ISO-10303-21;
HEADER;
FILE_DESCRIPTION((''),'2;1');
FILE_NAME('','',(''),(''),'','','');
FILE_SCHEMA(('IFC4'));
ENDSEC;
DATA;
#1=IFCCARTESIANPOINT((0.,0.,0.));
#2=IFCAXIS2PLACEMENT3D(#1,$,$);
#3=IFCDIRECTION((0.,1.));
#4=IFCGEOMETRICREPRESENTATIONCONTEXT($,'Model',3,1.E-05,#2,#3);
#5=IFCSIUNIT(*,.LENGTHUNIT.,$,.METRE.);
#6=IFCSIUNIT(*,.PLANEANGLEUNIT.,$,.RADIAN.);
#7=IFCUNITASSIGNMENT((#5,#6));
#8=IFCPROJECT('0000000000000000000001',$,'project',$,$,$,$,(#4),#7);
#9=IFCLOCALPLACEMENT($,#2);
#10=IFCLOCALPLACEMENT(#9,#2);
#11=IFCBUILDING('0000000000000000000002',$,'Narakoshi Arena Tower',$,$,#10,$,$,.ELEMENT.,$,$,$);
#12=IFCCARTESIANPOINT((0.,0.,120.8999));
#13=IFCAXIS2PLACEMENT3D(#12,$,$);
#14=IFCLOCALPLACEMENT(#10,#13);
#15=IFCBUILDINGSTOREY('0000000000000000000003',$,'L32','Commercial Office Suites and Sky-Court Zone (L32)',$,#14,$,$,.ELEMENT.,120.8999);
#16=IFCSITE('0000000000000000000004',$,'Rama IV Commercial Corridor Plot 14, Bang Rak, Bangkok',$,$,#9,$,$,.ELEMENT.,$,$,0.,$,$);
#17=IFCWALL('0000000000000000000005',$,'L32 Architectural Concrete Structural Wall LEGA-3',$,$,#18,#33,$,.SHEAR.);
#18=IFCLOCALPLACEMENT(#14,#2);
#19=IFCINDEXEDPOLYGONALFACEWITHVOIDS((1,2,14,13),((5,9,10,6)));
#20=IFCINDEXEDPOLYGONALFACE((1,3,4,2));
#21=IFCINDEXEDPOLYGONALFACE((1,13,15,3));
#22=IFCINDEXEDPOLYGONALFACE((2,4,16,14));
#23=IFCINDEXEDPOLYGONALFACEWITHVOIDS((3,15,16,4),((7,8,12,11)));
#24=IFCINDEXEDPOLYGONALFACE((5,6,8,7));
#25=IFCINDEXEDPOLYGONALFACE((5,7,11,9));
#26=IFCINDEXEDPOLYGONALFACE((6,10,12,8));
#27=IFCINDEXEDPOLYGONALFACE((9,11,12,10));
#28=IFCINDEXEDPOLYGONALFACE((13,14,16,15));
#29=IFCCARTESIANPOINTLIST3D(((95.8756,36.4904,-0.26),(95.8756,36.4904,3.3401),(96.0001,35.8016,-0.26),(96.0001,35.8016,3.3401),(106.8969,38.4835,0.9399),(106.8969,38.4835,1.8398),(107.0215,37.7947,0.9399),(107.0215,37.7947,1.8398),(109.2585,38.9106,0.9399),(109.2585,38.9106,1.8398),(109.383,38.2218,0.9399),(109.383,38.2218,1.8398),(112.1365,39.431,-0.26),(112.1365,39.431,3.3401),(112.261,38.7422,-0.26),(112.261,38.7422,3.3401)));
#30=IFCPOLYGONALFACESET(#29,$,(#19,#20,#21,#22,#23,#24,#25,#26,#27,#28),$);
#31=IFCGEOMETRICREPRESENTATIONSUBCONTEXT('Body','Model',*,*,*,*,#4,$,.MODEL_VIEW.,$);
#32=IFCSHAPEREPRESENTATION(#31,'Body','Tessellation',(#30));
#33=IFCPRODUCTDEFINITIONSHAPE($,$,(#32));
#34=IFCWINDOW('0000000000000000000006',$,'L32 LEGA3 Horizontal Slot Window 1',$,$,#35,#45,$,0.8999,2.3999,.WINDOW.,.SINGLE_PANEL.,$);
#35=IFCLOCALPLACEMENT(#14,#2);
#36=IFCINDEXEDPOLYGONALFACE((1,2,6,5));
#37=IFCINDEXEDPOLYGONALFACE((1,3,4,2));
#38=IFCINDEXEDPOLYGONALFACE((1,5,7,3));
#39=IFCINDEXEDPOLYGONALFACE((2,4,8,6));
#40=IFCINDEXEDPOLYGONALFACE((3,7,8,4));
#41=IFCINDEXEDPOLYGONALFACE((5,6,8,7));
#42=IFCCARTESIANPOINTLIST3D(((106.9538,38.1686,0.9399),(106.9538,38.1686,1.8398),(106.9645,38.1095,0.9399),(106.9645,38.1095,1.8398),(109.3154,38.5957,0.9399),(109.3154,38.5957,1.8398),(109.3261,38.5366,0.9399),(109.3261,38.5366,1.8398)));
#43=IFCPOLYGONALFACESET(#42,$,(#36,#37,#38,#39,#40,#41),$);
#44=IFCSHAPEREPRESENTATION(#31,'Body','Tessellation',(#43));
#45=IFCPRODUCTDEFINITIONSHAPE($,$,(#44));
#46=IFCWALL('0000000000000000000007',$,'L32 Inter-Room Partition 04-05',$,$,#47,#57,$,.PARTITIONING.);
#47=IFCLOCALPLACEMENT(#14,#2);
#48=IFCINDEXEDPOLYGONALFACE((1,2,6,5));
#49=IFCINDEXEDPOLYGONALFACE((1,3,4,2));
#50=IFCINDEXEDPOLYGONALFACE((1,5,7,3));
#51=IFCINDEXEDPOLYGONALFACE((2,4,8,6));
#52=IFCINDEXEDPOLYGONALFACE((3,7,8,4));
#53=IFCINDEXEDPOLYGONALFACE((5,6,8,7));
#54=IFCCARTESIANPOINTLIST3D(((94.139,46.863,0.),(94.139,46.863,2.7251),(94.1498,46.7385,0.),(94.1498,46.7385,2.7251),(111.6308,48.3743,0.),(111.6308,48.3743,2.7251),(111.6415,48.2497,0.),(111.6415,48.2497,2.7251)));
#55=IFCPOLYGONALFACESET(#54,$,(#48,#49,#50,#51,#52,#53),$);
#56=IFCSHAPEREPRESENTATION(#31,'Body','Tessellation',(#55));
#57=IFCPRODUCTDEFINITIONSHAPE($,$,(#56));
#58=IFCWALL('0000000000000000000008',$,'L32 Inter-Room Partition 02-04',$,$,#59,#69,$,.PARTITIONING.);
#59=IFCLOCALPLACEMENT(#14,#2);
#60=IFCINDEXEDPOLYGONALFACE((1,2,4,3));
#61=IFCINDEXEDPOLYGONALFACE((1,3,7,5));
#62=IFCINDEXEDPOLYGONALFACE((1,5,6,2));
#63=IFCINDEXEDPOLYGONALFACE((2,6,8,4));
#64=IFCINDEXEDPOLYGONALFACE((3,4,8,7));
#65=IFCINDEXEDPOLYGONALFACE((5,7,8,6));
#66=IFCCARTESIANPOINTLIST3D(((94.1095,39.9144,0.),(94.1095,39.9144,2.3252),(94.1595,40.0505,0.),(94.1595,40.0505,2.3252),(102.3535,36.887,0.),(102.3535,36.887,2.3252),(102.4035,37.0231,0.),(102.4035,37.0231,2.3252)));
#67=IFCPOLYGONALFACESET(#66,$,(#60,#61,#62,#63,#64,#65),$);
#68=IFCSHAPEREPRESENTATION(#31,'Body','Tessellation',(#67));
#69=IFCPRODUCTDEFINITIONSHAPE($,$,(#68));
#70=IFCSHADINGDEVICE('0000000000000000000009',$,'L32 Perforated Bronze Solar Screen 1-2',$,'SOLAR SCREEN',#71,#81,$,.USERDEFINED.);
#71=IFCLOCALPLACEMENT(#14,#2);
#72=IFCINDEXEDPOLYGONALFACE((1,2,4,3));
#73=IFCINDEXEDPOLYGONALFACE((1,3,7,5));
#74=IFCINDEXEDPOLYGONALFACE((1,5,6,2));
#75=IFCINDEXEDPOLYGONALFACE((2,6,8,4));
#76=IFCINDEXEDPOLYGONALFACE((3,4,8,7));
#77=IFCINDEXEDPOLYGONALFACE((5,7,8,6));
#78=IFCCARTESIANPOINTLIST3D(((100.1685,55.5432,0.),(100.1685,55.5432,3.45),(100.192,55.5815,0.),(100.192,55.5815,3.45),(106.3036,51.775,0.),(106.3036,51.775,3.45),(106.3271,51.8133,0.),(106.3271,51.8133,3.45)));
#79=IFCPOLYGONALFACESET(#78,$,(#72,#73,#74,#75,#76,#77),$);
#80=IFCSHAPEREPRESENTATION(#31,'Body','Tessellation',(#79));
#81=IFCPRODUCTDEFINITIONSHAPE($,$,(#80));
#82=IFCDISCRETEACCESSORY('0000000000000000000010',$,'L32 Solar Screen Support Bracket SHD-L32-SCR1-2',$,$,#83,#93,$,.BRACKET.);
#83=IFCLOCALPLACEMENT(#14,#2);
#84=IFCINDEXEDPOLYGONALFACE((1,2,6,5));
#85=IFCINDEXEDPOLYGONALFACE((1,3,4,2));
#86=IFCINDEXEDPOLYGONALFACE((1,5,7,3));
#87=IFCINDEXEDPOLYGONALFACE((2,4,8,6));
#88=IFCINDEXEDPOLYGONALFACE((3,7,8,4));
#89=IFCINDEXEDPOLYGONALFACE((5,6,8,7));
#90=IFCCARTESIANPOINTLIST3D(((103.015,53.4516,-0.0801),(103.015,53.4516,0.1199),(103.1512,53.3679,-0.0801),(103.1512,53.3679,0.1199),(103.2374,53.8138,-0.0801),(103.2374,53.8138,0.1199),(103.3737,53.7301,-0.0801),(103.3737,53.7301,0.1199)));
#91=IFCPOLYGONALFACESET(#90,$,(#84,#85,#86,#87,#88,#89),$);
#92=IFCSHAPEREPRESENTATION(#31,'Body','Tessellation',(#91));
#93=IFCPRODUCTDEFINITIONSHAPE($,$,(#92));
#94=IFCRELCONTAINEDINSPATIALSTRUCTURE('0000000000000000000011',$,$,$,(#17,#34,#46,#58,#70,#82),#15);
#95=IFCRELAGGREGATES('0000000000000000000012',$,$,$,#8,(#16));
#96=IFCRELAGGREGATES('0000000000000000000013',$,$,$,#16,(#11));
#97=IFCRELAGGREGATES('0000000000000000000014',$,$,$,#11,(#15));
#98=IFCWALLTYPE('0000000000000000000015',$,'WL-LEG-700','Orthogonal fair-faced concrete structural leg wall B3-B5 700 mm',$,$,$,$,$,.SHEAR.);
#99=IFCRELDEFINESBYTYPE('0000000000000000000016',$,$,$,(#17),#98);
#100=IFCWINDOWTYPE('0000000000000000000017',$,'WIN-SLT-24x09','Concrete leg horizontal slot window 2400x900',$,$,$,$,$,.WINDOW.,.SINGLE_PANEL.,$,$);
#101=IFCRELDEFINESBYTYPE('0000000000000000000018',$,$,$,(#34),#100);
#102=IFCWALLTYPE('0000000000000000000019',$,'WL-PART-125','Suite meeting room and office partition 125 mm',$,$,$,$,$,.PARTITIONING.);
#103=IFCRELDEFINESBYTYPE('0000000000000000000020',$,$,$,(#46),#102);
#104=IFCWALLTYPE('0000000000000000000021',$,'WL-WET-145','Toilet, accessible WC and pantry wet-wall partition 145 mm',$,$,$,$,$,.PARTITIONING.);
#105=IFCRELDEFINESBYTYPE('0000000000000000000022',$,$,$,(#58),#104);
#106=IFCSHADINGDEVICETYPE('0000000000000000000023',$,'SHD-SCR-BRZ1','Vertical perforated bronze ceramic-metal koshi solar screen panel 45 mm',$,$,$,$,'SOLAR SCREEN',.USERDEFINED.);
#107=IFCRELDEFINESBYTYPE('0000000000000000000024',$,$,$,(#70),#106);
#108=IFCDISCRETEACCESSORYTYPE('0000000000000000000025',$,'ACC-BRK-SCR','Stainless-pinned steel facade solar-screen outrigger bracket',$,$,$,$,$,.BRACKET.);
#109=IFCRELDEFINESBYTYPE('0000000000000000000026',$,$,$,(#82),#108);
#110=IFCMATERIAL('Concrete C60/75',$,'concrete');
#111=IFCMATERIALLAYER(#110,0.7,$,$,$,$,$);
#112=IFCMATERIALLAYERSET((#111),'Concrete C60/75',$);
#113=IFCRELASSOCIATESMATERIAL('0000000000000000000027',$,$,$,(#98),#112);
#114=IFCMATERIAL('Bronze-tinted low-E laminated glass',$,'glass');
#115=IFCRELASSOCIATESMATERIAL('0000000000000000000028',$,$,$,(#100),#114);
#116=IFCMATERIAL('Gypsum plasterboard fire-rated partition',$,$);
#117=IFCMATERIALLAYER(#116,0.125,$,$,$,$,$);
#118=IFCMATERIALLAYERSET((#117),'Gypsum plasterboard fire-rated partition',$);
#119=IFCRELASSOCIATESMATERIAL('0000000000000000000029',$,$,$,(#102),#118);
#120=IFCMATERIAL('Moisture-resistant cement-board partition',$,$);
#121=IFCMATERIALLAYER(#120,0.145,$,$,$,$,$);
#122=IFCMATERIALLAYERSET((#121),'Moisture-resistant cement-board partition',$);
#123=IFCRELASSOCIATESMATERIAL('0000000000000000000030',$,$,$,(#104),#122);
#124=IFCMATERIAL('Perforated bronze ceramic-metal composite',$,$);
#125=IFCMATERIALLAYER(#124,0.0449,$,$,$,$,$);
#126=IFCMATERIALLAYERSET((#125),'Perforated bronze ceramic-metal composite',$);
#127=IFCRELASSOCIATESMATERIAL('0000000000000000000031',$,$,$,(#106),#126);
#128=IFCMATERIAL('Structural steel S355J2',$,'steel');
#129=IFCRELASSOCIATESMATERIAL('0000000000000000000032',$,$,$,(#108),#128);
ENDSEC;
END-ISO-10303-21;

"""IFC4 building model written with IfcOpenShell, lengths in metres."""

from ifc_helpers import new_model, si_unit, direction, frame, frame_2d, origin, origin_2d, place, context, subcontext, project, spatial, rectangle, extrude, material, layer, layer_set, type_object, element, fill, save


model = new_model("IFC4")

# Units and contexts
model_context = context("Model", 3, precision=1e-05, world=origin(), true_north=direction((0.0, 1.0)))
body_context = subcontext(model_context, "Body", "Model", "MODEL_VIEW")
ifc_project = project(units=[si_unit("LENGTHUNIT", "METRE"), si_unit("PLANEANGLEUNIT", "RADIAN")], contexts=[model_context])

# Site, building, storey
site_placement = place(None, origin())
site = spatial("IfcSite", under=ifc_project, at=site_placement, Name="Rama IV Commercial Corridor Plot 14, Bang Rak, Bangkok", CompositionType="ELEMENT", RefElevation=0.0)
building_placement = place(site_placement, origin())
building = spatial("IfcBuilding", under=site, at=building_placement, Name="Narakoshi Arena Tower", CompositionType="ELEMENT")
storey_placement = place(building_placement, frame((0.0, 0.0, 120.8999)))
storey = spatial("IfcBuildingStorey", under=building, at=storey_placement, Name="L32", Description="Commercial Office Suites and Sky-Court Zone (L32)", CompositionType="ELEMENT", Elevation=120.8999)

# Shared definitions
ifc_material_1 = material(Name="Concrete C60/75", Category="concrete")

# Shared definitions
ifc_material_2 = material(Name="Structural steel S355J2", Category="steel")

# Shared definitions
ifc_material_3 = material(Name="Bronze-tinted low-E laminated glass", Category="glass")

# Shared definitions
ifc_material_4 = material(Name="Gypsum plasterboard fire-rated partition")

# Wall, opening, window
ifc_layer_1 = layer(ifc_material_1, 0.7)
ifc_layer_set_1 = layer_set([ifc_layer_1], Name="Concrete C60/75")
wall_type_1 = type_object("IfcWallType", Name="WL-LEG-700", Description="Orthogonal fair-faced concrete structural leg wall B3-B5 700 mm", PredefinedType="SHEAR", material=ifc_layer_set_1)
wall_1_placement = place(storey_placement, frame((95.938, 36.146, -0.26), z_axis=(0.0, 0.0, 1.0), x_axis=(0.984038, 0.177956, 0.0)))
wall_1 = element("IfcWall", 1, at=wall_1_placement, inside=storey, type_object=wall_type_1, Name="L32 Architectural Concrete Structural Wall LEGA-3", PredefinedType="SHEAR", context=body_context, shape_type="SweptSolid", body=[
    extrude(rectangle(XDim=16.5247, YDim=0.7, at=frame_2d((8.2622, 0.0))), origin(), (0.0, 0.0, 1.0), 3.6001),
])
opening_1_placement = place(wall_1_placement, frame((11.2, 0.0, 1.2)))
opening_1 = element("IfcOpeningElement", 2, at=opening_1_placement, cuts=wall_1, PredefinedType="OPENING", context=body_context, shape_type="SweptSolid", body=[
    extrude(rectangle(XDim=2.3999, YDim=0.8999, at=frame_2d((1.2, 0.45))), frame((0.0, 0.3599, 0.0), z_axis=(0.0, -1.0, 0.0), x_axis=(1.0, 0.0, 0.0)), (0.0, 0.0, 1.0), 0.72),
])
window_type = type_object("IfcWindowType", Name="WIN-SLT-24x09", Description="Concrete leg horizontal slot window 2400x900", PartitioningType="SINGLE_PANEL", PredefinedType="WINDOW", material=ifc_material_3)
window_placement = place(opening_1_placement, origin())
window = element("IfcWindow", 3, at=window_placement, inside=storey, type_object=window_type, Name="L32 LEGA3 Horizontal Slot Window 1", OverallHeight=0.8999, OverallWidth=2.3999, PartitioningType="SINGLE_PANEL", PredefinedType="WINDOW", context=body_context, shape_type="SweptSolid", body=[
    extrude(rectangle(XDim=2.3999, YDim=0.8999, at=frame_2d((1.2, 0.45))), frame((0.0, 0.03, 0.0), z_axis=(0.0, -1.0, 0.0), x_axis=(1.0, 0.0, 0.0)), (0.0, 0.0, 1.0), 0.0601),
])
fill(opening_1, window)

# Walls
ifc_layer_2 = layer(ifc_material_4, 0.125)
ifc_layer_set_2 = layer_set([ifc_layer_2], Name="Gypsum plasterboard fire-rated partition")
wall_type_2 = type_object("IfcWallType", Name="WL-PART-125", Description="Suite meeting room and office partition 125 mm", PredefinedType="PARTITIONING", material=ifc_layer_set_2)
wall_2_placement = place(storey_placement, frame((94.1445, 46.8008, 0.0), z_axis=(0.0, 0.0, 1.0), x_axis=(0.996289, 0.086076, 0.0)))
element("IfcWall", 4, at=wall_2_placement, inside=storey, type_object=wall_type_2, Name="L32 Inter-Room Partition 04-05", PredefinedType="PARTITIONING", context=body_context, shape_type="SweptSolid", body=[
    extrude(rectangle(XDim=17.5569, YDim=0.125, at=frame_2d((8.7783, 0.0))), origin(), (0.0, 0.0, 1.0), 2.7251),
])
ifc_material_5 = material(Name="Moisture-resistant cement-board partition")
ifc_layer_3 = layer(ifc_material_5, 0.145)
ifc_layer_set_3 = layer_set([ifc_layer_3], Name="Moisture-resistant cement-board partition")
wall_type_3 = type_object("IfcWallType", Name="WL-WET-145", Description="Toilet, accessible WC and pantry wet-wall partition 145 mm", PredefinedType="PARTITIONING", material=ifc_layer_set_3)
wall_3_placement = place(storey_placement, frame((94.1345, 39.9824, 0.0), z_axis=(0.0, 0.0, 1.0), x_axis=(0.938708, -0.344714, 0.0)))
element("IfcWall", 5, at=wall_3_placement, inside=storey, type_object=wall_type_3, Name="L32 Inter-Room Partition 02-04", PredefinedType="PARTITIONING", context=body_context, shape_type="SweptSolid", body=[
    extrude(rectangle(XDim=8.7822, YDim=0.145, at=frame_2d((4.3911, 0.0))), origin(), (0.0, 0.0, 1.0), 2.3252),
])

# Shading device
ifc_material_6 = material(Name="Perforated bronze ceramic-metal composite")
ifc_layer_4 = layer(ifc_material_6, 0.0449)
ifc_layer_set_4 = layer_set([ifc_layer_4], Name="Perforated bronze ceramic-metal composite")
shading_device_type = type_object("IfcShadingDeviceType", Name="SHD-SCR-BRZ1", Description="Vertical perforated bronze ceramic-metal koshi solar screen panel 45 mm", ElementType="SOLAR SCREEN", PredefinedType="USERDEFINED", material=ifc_layer_set_4)
shading_device_placement = place(storey_placement, frame((103.2478, 53.6782, 0.0), z_axis=(0.0, 0.0, 1.0), x_axis=(-0.852111, 0.523361, 0.0)))
element("IfcShadingDevice", 6, at=shading_device_placement, inside=storey, type_object=shading_device_type, Name="L32 Perforated Bronze Solar Screen 1-2", ObjectType="SOLAR SCREEN", PredefinedType="USERDEFINED", context=body_context, shape_type="SweptSolid", body=[
    extrude(rectangle(XDim=7.2, YDim=0.0449, at=origin_2d()), origin(), (0.0, 0.0, 1.0), 3.45),
])

# Discrete accessory
discrete_accessory_type = type_object("IfcDiscreteAccessoryType", Name="ACC-BRK-SCR", Description="Stainless-pinned steel facade solar-screen outrigger bracket", PredefinedType="BRACKET", material=ifc_material_2)
discrete_accessory_placement = place(storey_placement, frame((103.1943, 53.5908, -0.0801), z_axis=(0.0, 0.0, 1.0), x_axis=(-0.852111, 0.523361, 0.0)))
element("IfcDiscreteAccessory", 7, at=discrete_accessory_placement, inside=storey, type_object=discrete_accessory_type, Name="L32 Solar Screen Support Bracket SHD-L32-SCR1-2", PredefinedType="BRACKET", context=body_context, shape_type="SweptSolid", body=[
    extrude(rectangle(XDim=0.1599, YDim=0.425, at=origin_2d()), origin(), (0.0, 0.0, 1.0), 0.2),
])

save(model, "model.ifc")
